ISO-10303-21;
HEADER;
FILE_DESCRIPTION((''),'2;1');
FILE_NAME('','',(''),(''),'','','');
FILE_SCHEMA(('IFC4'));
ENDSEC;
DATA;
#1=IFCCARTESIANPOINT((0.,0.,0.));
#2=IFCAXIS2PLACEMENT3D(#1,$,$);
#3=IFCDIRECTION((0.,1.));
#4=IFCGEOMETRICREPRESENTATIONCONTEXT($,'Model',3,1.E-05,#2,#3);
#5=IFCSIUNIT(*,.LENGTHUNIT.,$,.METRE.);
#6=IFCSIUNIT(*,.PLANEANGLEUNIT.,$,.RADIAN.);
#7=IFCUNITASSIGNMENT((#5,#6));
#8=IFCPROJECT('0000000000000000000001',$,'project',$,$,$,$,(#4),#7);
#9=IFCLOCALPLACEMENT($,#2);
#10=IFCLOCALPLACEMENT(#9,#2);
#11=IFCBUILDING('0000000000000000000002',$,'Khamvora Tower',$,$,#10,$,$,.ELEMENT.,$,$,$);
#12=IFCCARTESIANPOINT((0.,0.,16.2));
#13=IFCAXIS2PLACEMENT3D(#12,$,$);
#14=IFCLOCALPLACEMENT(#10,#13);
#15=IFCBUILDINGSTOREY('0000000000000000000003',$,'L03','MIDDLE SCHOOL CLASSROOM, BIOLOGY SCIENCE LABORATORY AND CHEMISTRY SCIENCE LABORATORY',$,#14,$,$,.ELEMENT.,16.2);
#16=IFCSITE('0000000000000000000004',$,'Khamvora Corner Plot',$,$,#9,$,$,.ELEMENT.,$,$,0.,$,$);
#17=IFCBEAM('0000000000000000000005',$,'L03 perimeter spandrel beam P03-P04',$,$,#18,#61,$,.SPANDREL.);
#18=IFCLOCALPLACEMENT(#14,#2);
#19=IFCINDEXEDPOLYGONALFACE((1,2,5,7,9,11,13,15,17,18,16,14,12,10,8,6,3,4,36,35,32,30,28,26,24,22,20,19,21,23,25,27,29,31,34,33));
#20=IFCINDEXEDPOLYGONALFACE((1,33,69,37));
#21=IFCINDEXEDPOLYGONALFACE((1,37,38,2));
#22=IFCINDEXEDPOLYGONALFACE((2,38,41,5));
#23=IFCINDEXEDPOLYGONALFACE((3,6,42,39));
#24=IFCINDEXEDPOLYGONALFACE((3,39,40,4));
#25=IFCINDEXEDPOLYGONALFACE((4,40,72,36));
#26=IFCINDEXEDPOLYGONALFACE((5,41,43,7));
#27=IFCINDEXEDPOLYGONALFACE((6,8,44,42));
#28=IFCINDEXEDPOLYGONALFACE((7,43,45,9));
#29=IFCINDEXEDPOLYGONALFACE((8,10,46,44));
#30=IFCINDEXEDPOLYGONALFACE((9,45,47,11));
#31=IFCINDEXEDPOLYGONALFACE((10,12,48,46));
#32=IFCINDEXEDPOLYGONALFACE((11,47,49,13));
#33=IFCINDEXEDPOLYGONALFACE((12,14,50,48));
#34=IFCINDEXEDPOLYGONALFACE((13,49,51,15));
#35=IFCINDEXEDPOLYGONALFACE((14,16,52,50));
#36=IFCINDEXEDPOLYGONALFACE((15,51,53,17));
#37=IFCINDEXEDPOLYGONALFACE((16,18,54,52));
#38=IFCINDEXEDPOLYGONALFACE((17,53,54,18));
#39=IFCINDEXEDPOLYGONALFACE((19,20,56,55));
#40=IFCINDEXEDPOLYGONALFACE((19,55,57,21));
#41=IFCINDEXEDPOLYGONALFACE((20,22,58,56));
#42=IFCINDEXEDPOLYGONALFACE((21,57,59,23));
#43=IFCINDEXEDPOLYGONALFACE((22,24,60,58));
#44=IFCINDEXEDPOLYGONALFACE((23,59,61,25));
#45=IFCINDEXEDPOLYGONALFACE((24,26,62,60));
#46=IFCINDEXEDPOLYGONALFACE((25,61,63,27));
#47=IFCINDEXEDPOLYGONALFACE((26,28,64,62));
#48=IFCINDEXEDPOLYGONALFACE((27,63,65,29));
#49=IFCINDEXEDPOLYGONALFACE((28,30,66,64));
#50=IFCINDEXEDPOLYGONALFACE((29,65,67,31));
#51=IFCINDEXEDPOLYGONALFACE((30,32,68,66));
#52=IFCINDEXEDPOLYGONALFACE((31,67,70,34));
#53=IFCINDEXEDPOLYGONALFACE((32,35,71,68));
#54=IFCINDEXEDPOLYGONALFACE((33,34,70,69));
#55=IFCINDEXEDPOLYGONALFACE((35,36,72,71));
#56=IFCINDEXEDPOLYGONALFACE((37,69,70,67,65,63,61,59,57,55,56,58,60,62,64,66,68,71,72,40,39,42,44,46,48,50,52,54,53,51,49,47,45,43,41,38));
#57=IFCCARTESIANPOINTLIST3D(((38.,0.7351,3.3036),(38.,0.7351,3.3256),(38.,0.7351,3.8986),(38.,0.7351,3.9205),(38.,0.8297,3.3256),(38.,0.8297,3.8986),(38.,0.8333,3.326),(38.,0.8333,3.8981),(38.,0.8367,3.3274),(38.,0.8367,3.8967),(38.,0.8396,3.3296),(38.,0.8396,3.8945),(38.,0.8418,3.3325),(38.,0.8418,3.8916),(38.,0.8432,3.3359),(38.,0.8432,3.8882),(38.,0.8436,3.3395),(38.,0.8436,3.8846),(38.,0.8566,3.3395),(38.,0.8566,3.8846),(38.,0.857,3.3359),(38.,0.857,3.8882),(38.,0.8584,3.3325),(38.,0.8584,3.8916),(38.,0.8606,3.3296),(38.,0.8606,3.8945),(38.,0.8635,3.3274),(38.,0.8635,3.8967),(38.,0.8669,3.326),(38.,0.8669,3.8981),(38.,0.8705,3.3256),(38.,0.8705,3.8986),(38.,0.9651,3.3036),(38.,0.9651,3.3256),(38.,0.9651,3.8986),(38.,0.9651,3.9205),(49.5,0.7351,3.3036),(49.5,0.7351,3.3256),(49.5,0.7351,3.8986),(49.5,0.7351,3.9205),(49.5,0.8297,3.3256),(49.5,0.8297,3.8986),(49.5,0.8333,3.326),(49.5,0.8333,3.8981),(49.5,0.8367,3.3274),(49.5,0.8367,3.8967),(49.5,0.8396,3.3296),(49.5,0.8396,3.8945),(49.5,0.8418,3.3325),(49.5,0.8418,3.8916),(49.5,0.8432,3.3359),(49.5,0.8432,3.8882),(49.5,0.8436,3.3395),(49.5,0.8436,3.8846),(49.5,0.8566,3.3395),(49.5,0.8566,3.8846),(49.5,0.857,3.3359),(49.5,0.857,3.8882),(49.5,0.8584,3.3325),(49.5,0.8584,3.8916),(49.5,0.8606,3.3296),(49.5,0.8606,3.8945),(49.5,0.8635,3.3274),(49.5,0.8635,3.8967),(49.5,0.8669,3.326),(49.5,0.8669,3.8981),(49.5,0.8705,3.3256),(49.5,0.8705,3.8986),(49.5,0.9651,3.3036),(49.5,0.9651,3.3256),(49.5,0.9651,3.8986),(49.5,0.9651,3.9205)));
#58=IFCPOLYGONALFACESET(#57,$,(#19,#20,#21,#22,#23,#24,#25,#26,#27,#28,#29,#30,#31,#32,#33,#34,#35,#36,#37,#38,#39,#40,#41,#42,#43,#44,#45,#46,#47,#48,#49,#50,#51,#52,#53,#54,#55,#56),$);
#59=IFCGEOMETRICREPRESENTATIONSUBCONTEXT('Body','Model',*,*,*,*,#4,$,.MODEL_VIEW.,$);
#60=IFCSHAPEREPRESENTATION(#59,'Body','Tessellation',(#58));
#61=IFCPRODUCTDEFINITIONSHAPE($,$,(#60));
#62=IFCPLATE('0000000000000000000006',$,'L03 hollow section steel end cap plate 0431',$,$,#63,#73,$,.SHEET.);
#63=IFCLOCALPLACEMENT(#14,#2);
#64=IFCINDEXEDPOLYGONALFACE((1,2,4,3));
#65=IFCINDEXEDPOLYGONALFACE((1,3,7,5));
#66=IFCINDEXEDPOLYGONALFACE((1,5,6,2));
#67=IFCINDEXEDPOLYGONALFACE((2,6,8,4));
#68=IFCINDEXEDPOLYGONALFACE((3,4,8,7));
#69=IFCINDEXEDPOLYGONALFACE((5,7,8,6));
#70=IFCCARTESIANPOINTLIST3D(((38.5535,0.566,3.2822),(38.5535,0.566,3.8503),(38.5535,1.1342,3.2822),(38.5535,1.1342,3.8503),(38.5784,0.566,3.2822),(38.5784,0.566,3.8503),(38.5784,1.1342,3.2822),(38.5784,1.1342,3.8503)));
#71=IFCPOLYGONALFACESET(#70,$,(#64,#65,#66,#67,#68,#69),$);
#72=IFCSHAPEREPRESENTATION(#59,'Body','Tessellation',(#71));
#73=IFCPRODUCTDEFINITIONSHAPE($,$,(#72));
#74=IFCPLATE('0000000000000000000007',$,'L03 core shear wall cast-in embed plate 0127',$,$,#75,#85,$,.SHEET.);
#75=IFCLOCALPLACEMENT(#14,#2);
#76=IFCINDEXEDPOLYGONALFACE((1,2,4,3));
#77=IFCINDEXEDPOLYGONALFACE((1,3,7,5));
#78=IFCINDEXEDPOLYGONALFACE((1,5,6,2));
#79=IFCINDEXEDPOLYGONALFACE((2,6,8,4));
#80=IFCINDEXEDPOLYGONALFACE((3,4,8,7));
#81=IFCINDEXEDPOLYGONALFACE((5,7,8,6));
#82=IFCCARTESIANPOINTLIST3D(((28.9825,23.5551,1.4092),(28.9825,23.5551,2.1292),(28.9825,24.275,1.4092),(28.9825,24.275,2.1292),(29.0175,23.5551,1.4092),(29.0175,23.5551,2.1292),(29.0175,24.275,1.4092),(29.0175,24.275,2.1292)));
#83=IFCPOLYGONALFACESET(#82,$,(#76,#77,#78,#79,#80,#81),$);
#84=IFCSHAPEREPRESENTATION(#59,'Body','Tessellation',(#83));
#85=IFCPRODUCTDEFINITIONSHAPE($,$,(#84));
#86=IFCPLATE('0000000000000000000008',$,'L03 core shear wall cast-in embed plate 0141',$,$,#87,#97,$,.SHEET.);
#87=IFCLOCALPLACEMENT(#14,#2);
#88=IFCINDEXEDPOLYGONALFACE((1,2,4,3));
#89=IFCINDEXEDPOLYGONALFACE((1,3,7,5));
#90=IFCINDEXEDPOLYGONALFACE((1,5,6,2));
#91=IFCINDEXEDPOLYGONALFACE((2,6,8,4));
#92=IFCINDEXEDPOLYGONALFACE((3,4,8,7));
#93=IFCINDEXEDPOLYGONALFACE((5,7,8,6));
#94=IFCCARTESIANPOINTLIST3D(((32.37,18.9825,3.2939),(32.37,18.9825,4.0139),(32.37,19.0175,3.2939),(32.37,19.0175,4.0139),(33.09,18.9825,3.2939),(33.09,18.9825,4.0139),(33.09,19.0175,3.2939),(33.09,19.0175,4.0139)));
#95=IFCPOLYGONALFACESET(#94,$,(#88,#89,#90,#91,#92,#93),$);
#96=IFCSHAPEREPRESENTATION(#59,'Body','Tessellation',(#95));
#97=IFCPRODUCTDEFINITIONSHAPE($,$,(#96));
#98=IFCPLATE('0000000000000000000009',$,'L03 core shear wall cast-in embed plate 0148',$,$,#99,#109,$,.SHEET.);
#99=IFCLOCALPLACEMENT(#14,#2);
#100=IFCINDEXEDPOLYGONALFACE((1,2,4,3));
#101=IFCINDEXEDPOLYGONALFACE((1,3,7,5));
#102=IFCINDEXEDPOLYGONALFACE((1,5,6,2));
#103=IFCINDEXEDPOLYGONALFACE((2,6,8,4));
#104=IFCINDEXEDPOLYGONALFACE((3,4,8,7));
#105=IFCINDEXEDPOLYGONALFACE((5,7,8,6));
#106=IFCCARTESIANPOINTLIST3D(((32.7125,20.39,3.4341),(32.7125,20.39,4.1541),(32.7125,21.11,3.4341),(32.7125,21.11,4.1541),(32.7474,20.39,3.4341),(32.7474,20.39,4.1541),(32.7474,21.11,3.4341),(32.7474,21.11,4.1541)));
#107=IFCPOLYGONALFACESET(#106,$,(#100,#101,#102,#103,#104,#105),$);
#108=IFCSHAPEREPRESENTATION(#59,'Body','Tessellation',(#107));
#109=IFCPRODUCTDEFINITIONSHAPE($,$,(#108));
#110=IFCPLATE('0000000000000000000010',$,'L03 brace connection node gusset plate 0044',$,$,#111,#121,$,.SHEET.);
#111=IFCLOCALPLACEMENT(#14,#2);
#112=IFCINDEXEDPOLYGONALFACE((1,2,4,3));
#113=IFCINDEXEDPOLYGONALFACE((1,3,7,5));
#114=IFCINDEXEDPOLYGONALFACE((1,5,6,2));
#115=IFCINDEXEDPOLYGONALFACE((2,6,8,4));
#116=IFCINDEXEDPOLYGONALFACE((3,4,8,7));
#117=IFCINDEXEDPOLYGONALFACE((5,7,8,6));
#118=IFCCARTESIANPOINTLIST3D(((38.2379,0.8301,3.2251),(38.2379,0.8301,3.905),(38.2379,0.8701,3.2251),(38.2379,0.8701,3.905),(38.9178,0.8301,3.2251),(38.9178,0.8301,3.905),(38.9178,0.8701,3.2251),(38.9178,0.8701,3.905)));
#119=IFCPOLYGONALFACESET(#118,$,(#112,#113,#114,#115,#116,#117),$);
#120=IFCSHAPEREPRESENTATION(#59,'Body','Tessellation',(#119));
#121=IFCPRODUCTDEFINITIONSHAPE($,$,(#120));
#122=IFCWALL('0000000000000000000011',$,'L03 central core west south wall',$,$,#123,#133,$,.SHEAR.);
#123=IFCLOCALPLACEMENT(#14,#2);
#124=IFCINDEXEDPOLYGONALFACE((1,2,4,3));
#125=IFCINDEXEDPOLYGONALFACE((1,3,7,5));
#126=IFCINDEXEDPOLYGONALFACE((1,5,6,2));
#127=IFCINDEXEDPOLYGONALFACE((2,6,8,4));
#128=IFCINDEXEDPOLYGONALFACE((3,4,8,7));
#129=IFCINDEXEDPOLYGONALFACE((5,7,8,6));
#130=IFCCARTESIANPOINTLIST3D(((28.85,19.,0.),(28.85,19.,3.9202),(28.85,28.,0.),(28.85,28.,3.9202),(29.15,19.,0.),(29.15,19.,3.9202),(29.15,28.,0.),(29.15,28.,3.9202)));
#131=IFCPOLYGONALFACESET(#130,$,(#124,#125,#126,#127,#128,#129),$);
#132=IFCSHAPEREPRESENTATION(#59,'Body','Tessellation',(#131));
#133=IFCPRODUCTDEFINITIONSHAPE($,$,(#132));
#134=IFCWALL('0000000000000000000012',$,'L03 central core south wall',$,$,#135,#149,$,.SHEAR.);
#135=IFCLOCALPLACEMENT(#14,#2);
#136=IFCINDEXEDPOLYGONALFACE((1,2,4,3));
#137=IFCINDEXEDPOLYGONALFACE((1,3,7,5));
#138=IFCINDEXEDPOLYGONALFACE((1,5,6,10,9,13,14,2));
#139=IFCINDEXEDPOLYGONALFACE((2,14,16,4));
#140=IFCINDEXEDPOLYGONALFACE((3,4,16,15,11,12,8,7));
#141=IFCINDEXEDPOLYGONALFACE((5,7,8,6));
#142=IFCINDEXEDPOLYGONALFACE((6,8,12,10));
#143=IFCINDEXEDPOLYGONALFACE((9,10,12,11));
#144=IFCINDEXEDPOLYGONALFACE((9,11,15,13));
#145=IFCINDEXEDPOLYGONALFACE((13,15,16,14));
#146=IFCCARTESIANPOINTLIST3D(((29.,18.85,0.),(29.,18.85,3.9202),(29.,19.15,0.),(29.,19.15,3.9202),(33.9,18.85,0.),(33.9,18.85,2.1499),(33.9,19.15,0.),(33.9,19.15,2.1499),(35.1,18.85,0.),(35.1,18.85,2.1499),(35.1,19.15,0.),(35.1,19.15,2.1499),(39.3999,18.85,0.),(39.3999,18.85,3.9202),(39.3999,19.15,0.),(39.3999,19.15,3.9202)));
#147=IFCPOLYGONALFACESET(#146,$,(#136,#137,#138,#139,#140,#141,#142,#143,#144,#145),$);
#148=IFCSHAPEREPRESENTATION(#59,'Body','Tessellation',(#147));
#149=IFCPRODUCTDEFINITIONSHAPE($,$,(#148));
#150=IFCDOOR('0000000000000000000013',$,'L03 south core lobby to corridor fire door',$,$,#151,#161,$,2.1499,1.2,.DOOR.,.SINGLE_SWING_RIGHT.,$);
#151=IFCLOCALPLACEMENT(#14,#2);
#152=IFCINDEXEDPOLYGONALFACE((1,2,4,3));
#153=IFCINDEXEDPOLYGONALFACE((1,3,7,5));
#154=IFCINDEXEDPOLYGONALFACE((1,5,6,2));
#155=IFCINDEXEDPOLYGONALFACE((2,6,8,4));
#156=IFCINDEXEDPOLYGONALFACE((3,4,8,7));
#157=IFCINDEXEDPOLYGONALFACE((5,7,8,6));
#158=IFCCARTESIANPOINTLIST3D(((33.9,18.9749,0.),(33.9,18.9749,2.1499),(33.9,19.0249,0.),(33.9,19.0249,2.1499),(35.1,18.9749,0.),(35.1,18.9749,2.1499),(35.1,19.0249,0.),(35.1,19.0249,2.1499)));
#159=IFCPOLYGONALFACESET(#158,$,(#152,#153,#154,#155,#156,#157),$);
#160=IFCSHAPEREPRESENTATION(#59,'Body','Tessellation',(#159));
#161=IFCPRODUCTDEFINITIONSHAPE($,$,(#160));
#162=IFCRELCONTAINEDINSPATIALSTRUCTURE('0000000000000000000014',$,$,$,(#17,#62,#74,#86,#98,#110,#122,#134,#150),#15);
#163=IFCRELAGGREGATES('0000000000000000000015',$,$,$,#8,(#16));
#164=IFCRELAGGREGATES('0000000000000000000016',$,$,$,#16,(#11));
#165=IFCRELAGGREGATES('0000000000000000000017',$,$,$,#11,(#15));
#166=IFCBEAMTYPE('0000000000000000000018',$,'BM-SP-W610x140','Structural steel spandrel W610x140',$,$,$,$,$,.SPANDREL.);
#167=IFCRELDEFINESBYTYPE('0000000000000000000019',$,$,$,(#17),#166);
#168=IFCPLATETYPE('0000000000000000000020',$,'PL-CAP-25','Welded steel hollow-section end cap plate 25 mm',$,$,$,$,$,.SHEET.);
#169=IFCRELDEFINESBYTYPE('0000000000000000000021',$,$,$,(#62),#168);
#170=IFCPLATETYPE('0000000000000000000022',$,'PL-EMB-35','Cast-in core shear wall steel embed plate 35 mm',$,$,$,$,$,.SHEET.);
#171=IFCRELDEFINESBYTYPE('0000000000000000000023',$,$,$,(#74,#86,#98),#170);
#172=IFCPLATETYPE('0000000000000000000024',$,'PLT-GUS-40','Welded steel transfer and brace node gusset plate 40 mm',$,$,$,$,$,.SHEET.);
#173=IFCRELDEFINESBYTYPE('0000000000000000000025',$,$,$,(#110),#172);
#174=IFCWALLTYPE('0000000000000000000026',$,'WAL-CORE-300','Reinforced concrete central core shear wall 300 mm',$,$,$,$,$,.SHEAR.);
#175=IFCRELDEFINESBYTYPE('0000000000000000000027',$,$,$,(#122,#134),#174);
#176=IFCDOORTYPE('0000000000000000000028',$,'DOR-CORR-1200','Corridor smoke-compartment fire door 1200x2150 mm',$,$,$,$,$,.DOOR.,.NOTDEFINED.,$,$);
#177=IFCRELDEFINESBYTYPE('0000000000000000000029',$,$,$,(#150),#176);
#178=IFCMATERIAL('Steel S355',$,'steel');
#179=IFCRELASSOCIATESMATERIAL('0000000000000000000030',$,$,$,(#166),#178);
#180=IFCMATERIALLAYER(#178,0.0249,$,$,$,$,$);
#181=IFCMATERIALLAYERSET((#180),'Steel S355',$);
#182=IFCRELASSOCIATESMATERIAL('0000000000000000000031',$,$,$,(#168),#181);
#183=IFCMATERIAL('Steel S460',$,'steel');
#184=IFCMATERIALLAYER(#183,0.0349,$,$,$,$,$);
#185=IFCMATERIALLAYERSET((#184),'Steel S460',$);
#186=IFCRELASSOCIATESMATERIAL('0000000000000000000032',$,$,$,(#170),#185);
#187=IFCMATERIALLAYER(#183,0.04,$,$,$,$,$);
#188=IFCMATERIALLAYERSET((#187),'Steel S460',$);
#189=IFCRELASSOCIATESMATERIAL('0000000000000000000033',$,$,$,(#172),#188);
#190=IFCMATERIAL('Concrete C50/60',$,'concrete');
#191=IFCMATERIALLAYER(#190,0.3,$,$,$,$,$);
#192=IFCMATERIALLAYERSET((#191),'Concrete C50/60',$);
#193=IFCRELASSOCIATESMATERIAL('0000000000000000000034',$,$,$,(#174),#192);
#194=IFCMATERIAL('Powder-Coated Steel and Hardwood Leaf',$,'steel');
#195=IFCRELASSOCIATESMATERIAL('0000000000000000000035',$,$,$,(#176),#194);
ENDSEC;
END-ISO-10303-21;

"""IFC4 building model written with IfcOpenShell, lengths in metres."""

from ifc_helpers import new_model, si_unit, direction, frame, frame_2d, origin, origin_2d, place, context, subcontext, project, spatial, rectangle, i_section, extrude, material, layer, layer_set, material_profile, profile_set, type_object, element, fill, save


model = new_model("IFC4")

# Units and contexts
model_context = context("Model", 3, precision=1e-05, world=origin(), true_north=direction((0.0, 1.0)))
body_context = subcontext(model_context, "Body", "Model", "MODEL_VIEW")
ifc_project = project(units=[si_unit("LENGTHUNIT", "METRE"), si_unit("PLANEANGLEUNIT", "RADIAN")], contexts=[model_context])

# Site, building, storey
site_placement = place(None, origin())
site = spatial("IfcSite", under=ifc_project, at=site_placement, Name="Khamvora Corner Plot", CompositionType="ELEMENT", RefElevation=0.0)
building_placement = place(site_placement, origin())
building = spatial("IfcBuilding", under=site, at=building_placement, Name="Khamvora Tower", CompositionType="ELEMENT")
storey_placement = place(building_placement, frame((0.0, 0.0, 16.2)))
storey = spatial("IfcBuildingStorey", under=building, at=storey_placement, Name="L03", Description="MIDDLE SCHOOL CLASSROOM, BIOLOGY SCIENCE LABORATORY AND CHEMISTRY SCIENCE LABORATORY", CompositionType="ELEMENT", Elevation=16.2)

# Shared definitions
ifc_material_1 = material(Name="Steel S460", Category="steel")

# Beam
ifc_material_2 = material(Name="Steel S355", Category="steel")
ifc_material_profile_1 = material_profile(ifc_material_2, i_section(OverallWidth=0.23, OverallDepth=0.6169, WebThickness=0.0129, FlangeThickness=0.022, FilletRadius=0.0139, at=origin_2d()), Name="W610x140")
ifc_profile_set_1 = profile_set([ifc_material_profile_1], Name="Steel S355")
beam_type_1 = type_object("IfcBeamType", Name="BM-SP-W610x140", Description="Structural steel spandrel W610x140", PredefinedType="SPANDREL", material=ifc_profile_set_1)
beam_1_placement = place(storey_placement, frame((38.0, 0.8501, 3.6121), z_axis=(1.0, 0.0, 0.0), x_axis=(0.0, 1.0, 0.0)))
element("IfcBeam", 1, at=beam_1_placement, inside=storey, type_object=beam_type_1, Name="L03 perimeter spandrel beam P03-P04", PredefinedType="SPANDREL", context=body_context, shape_type="SweptSolid", body=[
    extrude(i_section(OverallWidth=0.23, OverallDepth=0.6169, WebThickness=0.0129, FlangeThickness=0.022, FilletRadius=0.0139, at=origin_2d()), origin(), (0.0, 0.0, 1.0), 11.5),
])

# Plates
ifc_layer_1 = layer(ifc_material_2, 0.0249)
ifc_layer_set_1 = layer_set([ifc_layer_1], Name="Steel S355")
plate_type_1 = type_object("IfcPlateType", Name="PL-CAP-25", Description="Welded steel hollow-section end cap plate 25 mm", PredefinedType="SHEET", material=ifc_layer_set_1)
plate_1_placement = place(storey_placement, frame((38.5659, 0.8501, 3.2822), z_axis=(0.0, 0.0, 1.0), x_axis=(-1.0, 0.0, 0.0)))
element("IfcPlate", 2, at=plate_1_placement, inside=storey, type_object=plate_type_1, Name="L03 hollow section steel end cap plate 0431", PredefinedType="SHEET", context=body_context, shape_type="SweptSolid", body=[
    extrude(rectangle(XDim=0.0249, YDim=0.5681, at=origin_2d()), origin(), (0.0, 0.0, 1.0), 0.5681),
])
ifc_layer_2 = layer(ifc_material_1, 0.0349)
ifc_layer_set_2 = layer_set([ifc_layer_2], Name="Steel S460")
plate_type_2 = type_object("IfcPlateType", Name="PL-EMB-35", Description="Cast-in core shear wall steel embed plate 35 mm", PredefinedType="SHEET", material=ifc_layer_set_2)
plate_2_placement = place(storey_placement, frame((29.0, 23.915, 1.4092), z_axis=(0.0, 0.0, 1.0), x_axis=(1.0, 0.0, 0.0)))
element("IfcPlate", 3, at=plate_2_placement, inside=storey, type_object=plate_type_2, Name="L03 core shear wall cast-in embed plate 0127", PredefinedType="SHEET", context=body_context, shape_type="SweptSolid", body=[
    extrude(rectangle(XDim=0.0349, YDim=0.72, at=origin_2d()), origin(), (0.0, 0.0, 1.0), 0.72),
])
plate_3_placement = place(storey_placement, frame((32.73, 19.0, 3.2939), z_axis=(0.0, 0.0, 1.0), x_axis=(1.0, 0.0, 0.0)))
element("IfcPlate", 4, at=plate_3_placement, inside=storey, type_object=plate_type_2, Name="L03 core shear wall cast-in embed plate 0141", PredefinedType="SHEET", context=body_context, shape_type="SweptSolid", body=[
    extrude(rectangle(XDim=0.72, YDim=0.0349, at=origin_2d()), origin(), (0.0, 0.0, 1.0), 0.72),
])
plate_4_placement = place(storey_placement, frame((32.73, 20.75, 3.4341), z_axis=(0.0, 0.0, 1.0), x_axis=(1.0, 0.0, 0.0)))
element("IfcPlate", 5, at=plate_4_placement, inside=storey, type_object=plate_type_2, Name="L03 core shear wall cast-in embed plate 0148", PredefinedType="SHEET", context=body_context, shape_type="SweptSolid", body=[
    extrude(rectangle(XDim=0.0349, YDim=0.72, at=origin_2d()), origin(), (0.0, 0.0, 1.0), 0.72),
])
ifc_layer_3 = layer(ifc_material_1, 0.04)
ifc_layer_set_3 = layer_set([ifc_layer_3], Name="Steel S460")
plate_type_3 = type_object("IfcPlateType", Name="PLT-GUS-40", Description="Welded steel transfer and brace node gusset plate 40 mm", PredefinedType="SHEET", material=ifc_layer_set_3)
plate_5_placement = place(storey_placement, frame((38.5779, 0.8501, 3.2251), z_axis=(0.0, 0.0, 1.0), x_axis=(1.0, 0.0, 0.0)))
element("IfcPlate", 6, at=plate_5_placement, inside=storey, type_object=plate_type_3, Name="L03 brace connection node gusset plate 0044", PredefinedType="SHEET", context=body_context, shape_type="SweptSolid", body=[
    extrude(rectangle(XDim=0.6799, YDim=0.04, at=origin_2d()), origin(), (0.0, 0.0, 1.0), 0.6799),
])

# Wall
ifc_material_3 = material(Name="Concrete C50/60", Category="concrete")
ifc_layer_4 = layer(ifc_material_3, 0.3)
ifc_layer_set_4 = layer_set([ifc_layer_4], Name="Concrete C50/60")
wall_type_1 = type_object("IfcWallType", Name="WAL-CORE-300", Description="Reinforced concrete central core shear wall 300 mm", PredefinedType="SHEAR", material=ifc_layer_set_4)
wall_1_placement = place(storey_placement, frame((29.0, 19.0, 0.0), z_axis=(0.0, 0.0, 1.0), x_axis=(0.0, 1.0, 0.0)))
element("IfcWall", 7, at=wall_1_placement, inside=storey, type_object=wall_type_1, Name="L03 central core west south wall", PredefinedType="SHEAR", context=body_context, shape_type="SweptSolid", body=[
    extrude(rectangle(XDim=9.0, YDim=0.3, at=frame_2d((4.5, 0.0))), origin(), (0.0, 0.0, 1.0), 3.9202),
])

# Wall, opening, door
wall_2_placement = place(storey_placement, frame((29.0, 19.0, 0.0), z_axis=(0.0, 0.0, 1.0), x_axis=(1.0, 0.0, 0.0)))
wall_2 = element("IfcWall", 8, at=wall_2_placement, inside=storey, type_object=wall_type_1, Name="L03 central core south wall", PredefinedType="SHEAR", context=body_context, shape_type="SweptSolid", body=[
    extrude(rectangle(XDim=10.3999, YDim=0.3, at=frame_2d((5.2, 0.0))), origin(), (0.0, 0.0, 1.0), 3.9202),
])
opening_1_placement = place(wall_2_placement, frame((4.8999, 0.0, 0.0)))
opening_1 = element("IfcOpeningElement", 9, at=opening_1_placement, cuts=wall_2, PredefinedType="OPENING", context=body_context, shape_type="SweptSolid", body=[
    extrude(rectangle(XDim=1.2, YDim=2.1499, at=frame_2d((0.6001, 1.075))), frame((0.0, 0.1599, 0.0), z_axis=(0.0, -1.0, 0.0), x_axis=(1.0, 0.0, 0.0)), (0.0, 0.0, 1.0), 0.3201),
])
ifc_material_4 = material(Name="Powder-Coated Steel and Hardwood Leaf", Category="steel")
door_type_1 = type_object("IfcDoorType", Name="DOR-CORR-1200", Description="Corridor smoke-compartment fire door 1200x2150 mm", OperationType="NOTDEFINED", PredefinedType="DOOR", material=ifc_material_4)
door_1_placement = place(opening_1_placement, origin())
door_1 = element("IfcDoor", 10, at=door_1_placement, inside=storey, type_object=door_type_1, Name="L03 south core lobby to corridor fire door", OperationType="SINGLE_SWING_RIGHT", OverallHeight=2.1499, OverallWidth=1.2, PredefinedType="DOOR", context=body_context, shape_type="SweptSolid", body=[
    extrude(rectangle(XDim=1.2, YDim=2.1499, at=frame_2d((0.6001, 1.075))), frame((0.0, 0.0249, 0.0), z_axis=(0.0, -1.0, 0.0), x_axis=(1.0, 0.0, 0.0)), (0.0, 0.0, 1.0), 0.05),
])
fill(opening_1, door_1)

save(model, "model.ifc")
